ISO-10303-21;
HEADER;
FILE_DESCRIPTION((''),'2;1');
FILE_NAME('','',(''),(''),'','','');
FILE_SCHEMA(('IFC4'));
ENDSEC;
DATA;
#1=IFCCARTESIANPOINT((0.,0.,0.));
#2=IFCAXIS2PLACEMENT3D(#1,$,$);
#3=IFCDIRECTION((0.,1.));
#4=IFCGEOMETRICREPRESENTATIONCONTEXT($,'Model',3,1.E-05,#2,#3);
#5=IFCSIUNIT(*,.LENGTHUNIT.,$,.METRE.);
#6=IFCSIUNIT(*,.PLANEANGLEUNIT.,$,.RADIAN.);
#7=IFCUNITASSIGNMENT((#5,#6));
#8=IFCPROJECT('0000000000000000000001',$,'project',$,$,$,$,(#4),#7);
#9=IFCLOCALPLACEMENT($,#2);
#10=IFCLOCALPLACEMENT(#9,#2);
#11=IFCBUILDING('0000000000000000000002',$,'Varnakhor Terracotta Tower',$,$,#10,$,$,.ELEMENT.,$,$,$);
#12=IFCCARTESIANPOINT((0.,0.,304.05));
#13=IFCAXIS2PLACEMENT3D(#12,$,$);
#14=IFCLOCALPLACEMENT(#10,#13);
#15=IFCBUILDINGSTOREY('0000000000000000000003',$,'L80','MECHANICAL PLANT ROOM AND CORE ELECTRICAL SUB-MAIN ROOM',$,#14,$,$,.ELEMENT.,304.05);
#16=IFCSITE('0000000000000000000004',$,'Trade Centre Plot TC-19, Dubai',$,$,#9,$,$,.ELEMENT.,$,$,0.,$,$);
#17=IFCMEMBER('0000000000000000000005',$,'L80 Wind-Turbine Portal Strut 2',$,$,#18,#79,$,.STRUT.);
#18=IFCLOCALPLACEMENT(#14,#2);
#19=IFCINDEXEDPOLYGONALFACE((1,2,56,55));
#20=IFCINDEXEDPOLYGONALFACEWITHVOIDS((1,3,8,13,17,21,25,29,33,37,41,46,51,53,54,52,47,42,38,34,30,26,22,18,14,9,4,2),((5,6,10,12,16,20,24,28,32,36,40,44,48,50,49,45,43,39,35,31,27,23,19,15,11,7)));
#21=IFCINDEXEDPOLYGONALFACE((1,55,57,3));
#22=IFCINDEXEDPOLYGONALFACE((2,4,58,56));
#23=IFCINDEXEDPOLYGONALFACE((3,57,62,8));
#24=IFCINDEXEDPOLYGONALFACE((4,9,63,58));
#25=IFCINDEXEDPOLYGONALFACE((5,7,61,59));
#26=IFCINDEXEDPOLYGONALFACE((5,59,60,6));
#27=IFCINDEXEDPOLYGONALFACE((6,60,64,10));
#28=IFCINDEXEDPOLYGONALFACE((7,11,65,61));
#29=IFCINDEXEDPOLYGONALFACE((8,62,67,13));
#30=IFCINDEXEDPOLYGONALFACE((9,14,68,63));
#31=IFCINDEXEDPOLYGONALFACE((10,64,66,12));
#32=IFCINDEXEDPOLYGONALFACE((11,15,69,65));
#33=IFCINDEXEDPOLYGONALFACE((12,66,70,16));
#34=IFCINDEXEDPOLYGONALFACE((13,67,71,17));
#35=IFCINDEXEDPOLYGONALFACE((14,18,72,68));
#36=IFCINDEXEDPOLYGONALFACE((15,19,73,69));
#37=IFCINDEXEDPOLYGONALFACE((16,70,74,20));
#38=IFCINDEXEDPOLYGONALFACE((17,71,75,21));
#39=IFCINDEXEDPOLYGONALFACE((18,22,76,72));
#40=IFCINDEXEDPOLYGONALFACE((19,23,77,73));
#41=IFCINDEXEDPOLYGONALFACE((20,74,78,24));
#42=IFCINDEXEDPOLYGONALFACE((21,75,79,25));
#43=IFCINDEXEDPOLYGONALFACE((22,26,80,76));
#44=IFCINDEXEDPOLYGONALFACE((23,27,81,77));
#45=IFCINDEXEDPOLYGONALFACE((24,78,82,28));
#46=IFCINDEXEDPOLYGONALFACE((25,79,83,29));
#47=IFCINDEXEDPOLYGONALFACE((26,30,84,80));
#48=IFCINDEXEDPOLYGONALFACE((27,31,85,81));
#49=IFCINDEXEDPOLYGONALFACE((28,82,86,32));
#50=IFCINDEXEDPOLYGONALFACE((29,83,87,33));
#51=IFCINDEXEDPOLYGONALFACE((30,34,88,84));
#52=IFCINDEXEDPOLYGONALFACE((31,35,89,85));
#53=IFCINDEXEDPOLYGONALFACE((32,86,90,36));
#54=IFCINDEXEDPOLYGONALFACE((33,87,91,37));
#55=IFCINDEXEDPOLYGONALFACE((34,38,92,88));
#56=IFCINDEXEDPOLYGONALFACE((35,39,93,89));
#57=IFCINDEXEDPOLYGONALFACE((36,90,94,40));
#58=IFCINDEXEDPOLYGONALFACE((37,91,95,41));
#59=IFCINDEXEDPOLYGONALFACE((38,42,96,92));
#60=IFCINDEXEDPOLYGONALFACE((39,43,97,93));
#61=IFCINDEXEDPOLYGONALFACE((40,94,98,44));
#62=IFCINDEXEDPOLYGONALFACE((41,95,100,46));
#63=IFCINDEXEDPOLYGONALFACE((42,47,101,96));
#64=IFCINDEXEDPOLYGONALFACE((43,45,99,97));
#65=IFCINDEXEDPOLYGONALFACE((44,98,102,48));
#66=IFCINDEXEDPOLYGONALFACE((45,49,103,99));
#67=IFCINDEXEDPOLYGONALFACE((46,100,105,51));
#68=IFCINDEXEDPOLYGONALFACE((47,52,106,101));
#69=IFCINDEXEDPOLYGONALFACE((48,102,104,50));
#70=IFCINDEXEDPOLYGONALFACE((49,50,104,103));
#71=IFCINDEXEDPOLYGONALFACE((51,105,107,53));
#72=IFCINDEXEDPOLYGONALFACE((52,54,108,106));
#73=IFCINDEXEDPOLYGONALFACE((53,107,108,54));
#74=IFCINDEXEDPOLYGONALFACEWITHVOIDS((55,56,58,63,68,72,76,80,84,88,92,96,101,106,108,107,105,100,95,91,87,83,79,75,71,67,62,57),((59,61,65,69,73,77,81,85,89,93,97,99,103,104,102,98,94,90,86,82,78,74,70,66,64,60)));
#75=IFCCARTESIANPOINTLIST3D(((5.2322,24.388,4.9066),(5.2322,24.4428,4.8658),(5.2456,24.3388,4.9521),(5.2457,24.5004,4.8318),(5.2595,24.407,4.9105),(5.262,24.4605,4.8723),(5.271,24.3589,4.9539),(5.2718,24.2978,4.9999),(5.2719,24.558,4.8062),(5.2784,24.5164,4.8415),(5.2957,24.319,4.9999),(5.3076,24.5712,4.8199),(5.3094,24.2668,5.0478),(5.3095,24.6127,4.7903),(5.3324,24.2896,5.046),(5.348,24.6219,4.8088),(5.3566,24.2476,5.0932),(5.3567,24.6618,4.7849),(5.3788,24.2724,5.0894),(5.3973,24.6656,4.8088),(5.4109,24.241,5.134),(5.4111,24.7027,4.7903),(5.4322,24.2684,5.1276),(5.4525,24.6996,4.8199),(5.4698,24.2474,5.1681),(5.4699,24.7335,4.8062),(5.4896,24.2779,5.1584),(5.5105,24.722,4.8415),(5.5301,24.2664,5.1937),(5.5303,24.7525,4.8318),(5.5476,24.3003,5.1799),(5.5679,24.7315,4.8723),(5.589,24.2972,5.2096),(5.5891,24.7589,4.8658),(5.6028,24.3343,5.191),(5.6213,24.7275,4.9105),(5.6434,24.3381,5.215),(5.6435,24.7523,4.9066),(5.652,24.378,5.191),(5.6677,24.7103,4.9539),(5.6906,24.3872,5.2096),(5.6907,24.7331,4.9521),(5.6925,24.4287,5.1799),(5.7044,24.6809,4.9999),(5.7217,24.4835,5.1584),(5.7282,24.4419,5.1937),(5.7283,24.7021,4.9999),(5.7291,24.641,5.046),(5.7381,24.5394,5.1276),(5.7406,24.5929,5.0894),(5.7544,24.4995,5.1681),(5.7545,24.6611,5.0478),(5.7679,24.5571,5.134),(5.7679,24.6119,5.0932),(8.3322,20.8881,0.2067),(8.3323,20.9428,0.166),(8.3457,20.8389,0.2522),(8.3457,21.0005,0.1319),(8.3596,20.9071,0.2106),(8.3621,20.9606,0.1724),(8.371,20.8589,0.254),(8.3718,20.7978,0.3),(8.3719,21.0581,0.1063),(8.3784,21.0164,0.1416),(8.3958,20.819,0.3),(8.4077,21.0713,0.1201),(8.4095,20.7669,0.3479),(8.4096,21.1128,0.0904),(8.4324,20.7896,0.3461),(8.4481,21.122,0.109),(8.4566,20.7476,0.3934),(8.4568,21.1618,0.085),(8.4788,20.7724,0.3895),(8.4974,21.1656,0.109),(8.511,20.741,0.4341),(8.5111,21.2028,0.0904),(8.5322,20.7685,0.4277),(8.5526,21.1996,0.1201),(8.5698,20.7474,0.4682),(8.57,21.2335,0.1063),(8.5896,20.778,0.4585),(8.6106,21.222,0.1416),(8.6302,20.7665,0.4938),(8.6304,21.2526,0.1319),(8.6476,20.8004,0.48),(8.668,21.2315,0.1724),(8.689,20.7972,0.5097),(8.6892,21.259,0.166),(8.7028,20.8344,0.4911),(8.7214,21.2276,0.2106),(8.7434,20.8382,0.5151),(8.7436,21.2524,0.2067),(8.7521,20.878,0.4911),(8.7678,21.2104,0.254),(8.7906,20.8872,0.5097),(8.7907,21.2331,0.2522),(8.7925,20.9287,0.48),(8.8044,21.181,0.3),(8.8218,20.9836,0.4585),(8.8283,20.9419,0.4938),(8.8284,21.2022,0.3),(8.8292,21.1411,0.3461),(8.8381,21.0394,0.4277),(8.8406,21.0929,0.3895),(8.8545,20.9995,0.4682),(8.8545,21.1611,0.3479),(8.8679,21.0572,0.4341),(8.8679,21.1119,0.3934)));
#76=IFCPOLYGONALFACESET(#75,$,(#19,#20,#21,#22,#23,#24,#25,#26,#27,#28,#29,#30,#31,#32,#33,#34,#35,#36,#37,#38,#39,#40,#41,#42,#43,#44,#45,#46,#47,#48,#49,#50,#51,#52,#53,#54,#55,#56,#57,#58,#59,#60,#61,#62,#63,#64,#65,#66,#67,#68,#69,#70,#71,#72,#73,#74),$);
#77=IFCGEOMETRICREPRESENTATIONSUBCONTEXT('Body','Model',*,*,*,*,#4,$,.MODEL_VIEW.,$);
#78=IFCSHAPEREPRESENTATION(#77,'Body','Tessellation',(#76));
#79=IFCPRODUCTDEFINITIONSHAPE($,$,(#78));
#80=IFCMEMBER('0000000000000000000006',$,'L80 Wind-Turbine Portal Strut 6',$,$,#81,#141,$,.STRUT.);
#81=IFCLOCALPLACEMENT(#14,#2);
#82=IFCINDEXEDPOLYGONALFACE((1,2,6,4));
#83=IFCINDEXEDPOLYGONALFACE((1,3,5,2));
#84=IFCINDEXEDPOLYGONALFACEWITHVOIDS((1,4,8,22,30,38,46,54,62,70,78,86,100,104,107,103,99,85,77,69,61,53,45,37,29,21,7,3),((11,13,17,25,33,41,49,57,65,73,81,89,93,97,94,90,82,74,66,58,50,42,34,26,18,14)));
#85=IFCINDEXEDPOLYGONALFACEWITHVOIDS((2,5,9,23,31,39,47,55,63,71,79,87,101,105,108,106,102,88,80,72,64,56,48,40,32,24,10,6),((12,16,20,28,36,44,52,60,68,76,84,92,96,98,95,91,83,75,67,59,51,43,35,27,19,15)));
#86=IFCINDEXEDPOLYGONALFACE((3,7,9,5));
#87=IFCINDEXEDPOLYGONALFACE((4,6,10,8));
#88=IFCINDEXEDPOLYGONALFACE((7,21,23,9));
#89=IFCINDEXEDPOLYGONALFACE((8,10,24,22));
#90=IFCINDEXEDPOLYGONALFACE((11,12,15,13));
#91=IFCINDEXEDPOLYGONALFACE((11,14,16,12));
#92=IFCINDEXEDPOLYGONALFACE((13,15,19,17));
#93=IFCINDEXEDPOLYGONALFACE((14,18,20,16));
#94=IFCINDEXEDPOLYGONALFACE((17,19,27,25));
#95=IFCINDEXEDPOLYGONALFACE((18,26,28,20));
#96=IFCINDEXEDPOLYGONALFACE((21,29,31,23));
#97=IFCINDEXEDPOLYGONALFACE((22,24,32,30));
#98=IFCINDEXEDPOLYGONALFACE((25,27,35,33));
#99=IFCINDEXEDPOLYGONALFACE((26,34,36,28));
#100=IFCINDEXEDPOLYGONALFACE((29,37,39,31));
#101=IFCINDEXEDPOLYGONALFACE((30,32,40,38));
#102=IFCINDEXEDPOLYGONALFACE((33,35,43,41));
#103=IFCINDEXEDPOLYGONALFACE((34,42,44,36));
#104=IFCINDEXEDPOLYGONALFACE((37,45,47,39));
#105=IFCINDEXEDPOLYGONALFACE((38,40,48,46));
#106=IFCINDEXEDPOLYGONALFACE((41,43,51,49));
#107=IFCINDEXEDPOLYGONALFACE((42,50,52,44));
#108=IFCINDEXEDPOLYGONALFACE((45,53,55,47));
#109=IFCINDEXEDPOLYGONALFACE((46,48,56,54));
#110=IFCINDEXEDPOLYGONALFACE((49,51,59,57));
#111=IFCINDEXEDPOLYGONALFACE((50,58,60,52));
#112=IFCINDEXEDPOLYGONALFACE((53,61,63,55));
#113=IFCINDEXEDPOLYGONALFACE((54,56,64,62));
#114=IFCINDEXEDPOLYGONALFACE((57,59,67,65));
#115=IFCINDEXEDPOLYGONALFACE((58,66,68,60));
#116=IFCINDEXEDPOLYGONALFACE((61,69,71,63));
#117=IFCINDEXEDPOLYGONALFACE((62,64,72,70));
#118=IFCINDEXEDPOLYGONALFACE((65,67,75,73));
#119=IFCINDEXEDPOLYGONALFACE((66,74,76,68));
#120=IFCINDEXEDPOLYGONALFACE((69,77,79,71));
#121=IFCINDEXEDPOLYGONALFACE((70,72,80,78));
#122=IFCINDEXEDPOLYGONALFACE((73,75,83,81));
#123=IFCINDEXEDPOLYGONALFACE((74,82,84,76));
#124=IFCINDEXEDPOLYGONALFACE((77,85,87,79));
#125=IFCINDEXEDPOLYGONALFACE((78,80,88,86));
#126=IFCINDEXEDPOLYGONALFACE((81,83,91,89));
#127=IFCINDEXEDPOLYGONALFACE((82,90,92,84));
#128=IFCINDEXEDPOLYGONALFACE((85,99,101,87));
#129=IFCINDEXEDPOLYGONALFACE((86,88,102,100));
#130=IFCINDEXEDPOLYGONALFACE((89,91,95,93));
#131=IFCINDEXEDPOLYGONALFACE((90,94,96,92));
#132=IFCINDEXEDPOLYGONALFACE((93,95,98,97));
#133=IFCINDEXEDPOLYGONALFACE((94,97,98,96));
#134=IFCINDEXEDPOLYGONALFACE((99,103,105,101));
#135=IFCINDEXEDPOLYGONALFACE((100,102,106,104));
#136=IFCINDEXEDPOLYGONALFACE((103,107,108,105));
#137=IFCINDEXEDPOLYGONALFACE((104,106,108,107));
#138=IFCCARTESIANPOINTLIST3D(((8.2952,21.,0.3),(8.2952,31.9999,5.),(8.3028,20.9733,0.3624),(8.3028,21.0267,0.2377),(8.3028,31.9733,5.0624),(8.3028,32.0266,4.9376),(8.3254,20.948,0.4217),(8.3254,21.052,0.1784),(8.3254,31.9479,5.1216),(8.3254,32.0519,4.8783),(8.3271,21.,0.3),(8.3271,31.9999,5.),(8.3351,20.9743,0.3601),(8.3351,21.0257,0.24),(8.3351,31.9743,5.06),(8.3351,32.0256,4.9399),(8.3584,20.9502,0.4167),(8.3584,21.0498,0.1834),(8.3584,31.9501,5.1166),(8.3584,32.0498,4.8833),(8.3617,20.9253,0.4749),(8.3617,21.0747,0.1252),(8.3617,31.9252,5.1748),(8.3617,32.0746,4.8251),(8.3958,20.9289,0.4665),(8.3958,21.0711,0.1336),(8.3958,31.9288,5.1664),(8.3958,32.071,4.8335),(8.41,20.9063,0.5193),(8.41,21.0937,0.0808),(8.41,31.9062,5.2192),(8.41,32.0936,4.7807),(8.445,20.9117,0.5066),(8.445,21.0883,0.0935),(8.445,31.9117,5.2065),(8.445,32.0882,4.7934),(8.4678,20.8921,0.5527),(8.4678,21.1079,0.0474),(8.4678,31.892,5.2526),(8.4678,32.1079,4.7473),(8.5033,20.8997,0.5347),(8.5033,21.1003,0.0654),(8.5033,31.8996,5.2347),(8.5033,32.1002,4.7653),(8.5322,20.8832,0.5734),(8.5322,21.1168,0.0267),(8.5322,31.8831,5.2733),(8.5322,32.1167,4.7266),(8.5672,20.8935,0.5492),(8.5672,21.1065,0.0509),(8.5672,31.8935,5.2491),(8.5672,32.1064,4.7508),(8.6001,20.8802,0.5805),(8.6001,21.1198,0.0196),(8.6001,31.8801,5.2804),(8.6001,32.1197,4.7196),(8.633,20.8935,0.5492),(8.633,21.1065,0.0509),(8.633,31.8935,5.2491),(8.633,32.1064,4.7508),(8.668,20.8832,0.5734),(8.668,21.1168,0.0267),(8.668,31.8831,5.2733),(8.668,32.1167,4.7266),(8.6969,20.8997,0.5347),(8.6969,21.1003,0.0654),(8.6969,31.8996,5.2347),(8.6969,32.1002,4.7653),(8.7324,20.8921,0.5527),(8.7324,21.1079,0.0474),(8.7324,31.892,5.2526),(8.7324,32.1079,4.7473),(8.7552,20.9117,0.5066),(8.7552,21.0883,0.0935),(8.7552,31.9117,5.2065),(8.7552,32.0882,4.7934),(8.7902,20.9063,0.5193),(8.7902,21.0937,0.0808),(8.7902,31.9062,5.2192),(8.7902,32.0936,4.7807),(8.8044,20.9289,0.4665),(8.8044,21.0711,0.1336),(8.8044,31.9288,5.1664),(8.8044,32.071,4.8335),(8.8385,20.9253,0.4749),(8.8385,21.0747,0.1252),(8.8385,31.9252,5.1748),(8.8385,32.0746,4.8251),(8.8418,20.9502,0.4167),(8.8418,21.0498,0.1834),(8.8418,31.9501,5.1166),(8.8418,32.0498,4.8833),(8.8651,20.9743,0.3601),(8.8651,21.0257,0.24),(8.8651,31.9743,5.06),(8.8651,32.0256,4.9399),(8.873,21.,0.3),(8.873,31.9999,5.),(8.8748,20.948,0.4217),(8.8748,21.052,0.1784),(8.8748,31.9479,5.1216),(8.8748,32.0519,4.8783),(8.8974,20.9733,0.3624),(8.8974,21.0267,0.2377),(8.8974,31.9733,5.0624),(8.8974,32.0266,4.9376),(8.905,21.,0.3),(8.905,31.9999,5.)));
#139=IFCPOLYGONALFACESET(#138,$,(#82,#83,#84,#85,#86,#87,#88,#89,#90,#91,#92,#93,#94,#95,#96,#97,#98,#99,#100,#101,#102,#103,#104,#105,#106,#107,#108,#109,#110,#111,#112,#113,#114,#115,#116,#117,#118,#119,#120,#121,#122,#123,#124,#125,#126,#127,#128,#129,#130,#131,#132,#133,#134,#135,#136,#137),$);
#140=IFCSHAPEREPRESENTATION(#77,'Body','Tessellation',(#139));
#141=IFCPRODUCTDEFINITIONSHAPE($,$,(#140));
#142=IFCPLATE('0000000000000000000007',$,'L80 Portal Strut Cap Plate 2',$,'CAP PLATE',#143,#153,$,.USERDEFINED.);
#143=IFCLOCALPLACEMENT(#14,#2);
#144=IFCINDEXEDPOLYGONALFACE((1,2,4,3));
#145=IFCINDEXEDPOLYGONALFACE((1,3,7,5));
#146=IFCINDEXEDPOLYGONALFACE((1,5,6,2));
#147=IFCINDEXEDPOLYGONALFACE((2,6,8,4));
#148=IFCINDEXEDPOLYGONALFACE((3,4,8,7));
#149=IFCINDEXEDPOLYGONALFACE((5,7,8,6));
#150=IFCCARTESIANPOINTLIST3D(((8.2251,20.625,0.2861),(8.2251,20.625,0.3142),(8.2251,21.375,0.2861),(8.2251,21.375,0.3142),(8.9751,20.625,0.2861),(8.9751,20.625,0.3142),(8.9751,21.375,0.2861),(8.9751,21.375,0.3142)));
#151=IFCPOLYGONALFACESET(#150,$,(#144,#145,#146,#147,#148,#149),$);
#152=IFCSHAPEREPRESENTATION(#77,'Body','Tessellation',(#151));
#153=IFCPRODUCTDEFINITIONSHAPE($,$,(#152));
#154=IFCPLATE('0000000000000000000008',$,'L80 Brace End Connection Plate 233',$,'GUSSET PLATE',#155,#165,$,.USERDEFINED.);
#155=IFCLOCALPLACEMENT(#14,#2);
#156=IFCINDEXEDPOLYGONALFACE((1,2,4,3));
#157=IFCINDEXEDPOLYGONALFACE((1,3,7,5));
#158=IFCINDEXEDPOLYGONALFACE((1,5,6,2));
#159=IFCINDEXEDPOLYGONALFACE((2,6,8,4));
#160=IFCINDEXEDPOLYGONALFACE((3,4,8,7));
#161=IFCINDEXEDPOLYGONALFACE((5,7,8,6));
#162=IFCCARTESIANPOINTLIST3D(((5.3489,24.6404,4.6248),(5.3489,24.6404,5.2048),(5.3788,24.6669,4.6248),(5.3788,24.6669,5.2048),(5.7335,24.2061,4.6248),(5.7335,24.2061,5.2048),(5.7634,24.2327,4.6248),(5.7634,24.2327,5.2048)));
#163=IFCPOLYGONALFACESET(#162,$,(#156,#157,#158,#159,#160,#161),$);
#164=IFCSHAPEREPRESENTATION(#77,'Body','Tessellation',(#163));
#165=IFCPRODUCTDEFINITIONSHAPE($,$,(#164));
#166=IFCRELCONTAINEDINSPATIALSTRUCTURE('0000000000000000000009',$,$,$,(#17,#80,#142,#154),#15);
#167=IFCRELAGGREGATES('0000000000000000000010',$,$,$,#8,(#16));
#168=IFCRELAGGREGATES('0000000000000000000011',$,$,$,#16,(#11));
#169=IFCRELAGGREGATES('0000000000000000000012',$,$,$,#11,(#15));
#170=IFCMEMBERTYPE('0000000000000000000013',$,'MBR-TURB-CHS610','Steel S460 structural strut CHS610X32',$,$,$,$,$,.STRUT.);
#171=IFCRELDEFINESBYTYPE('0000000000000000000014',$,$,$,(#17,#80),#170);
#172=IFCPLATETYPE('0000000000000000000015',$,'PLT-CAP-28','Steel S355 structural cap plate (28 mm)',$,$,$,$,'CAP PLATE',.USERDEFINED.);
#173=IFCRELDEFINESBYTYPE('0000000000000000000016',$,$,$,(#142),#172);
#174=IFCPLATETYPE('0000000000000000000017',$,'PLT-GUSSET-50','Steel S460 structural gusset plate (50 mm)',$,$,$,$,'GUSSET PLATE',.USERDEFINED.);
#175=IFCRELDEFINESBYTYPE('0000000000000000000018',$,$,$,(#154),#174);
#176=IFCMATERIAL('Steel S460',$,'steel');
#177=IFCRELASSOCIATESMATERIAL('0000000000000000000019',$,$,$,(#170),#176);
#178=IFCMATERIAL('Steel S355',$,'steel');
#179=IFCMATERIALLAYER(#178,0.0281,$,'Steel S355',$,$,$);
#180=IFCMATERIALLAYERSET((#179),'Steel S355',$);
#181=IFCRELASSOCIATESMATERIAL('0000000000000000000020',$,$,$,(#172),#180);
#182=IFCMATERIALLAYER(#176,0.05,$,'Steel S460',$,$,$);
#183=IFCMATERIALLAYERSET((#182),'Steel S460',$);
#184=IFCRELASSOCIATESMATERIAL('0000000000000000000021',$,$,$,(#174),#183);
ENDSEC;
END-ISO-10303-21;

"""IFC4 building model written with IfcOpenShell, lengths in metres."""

from ifc_helpers import new_model, si_unit, direction, frame, origin, origin_2d, place, context, subcontext, project, spatial, rectangle, hollow_circle, extrude, source, transform, mapped, material, layer, layer_set, material_profile, profile_set, type_object, type_shapes, element, save


model = new_model("IFC4")

# Units and contexts
model_context = context("Model", 3, precision=1e-05, world=origin(), true_north=direction((0.0, 1.0)))
body_context = subcontext(model_context, "Body", "Model", "MODEL_VIEW")
ifc_project = project(units=[si_unit("LENGTHUNIT", "METRE"), si_unit("PLANEANGLEUNIT", "RADIAN")], contexts=[model_context])

# Site, building, storey
site_placement = place(None, origin())
site = spatial("IfcSite", under=ifc_project, at=site_placement, Name="Trade Centre Plot TC-19, Dubai", CompositionType="ELEMENT", RefElevation=0.0)
building_placement = place(site_placement, origin())
building = spatial("IfcBuilding", under=site, at=building_placement, Name="Varnakhor Terracotta Tower", CompositionType="ELEMENT")
storey_placement = place(building_placement, frame((0.0, 0.0, 304.05)))
storey = spatial("IfcBuildingStorey", under=building, at=storey_placement, Name="L80", Description="MECHANICAL PLANT ROOM AND CORE ELECTRICAL SUB-MAIN ROOM", CompositionType="ELEMENT", Elevation=304.05)

# Shared definitions
ifc_material_1 = material(Name="Steel S355", Category="steel")

# Members
ifc_material_2 = material(Name="Steel S460", Category="steel")
ifc_material_profile_1 = material_profile(ifc_material_2, hollow_circle(Radius=0.3049, WallThickness=0.032, at=origin_2d()), Name="CHS610X32")
ifc_profile_set_1 = profile_set([ifc_material_profile_1], Name="Steel S460")
member_type = type_object("IfcMemberType", Name="MBR-TURB-CHS610", Description="Steel S460 structural strut CHS610X32", PredefinedType="STRUT", material=ifc_profile_set_1)
shared_shape_1 = source(origin(), body_context, "Body", "SweptSolid", [
    extrude(hollow_circle(Radius=0.3049, WallThickness=0.032, at=origin_2d()), origin(), (0.0, 0.0, 1.0), 6.6294),
])
type_shapes(member_type, [shared_shape_1])
member_1_placement = place(storey_placement, frame((8.6001, 21.0, 0.3), z_axis=(-0.467622, 0.527944, 0.708946), x_axis=(-0.748578, -0.663047, 0.0)))
element("IfcMember", 1, at=member_1_placement, inside=storey, type_object=member_type, Name="L80 Wind-Turbine Portal Strut 2", PredefinedType="STRUT", context=body_context, shape_type="MappedRepresentation", body=[
    mapped(shared_shape_1, transform((0.0, 0.0, 0.0), scale=1.0)),
])
shared_shape_2 = source(origin(), body_context, "Body", "SweptSolid", [
    extrude(hollow_circle(Radius=0.3049, WallThickness=0.032, at=origin_2d()), origin(), (0.0, 0.0, 1.0), 11.9619),
])
member_2_placement = place(storey_placement, frame((8.6001, 21.0, 0.3), z_axis=(0.0, 0.919578, 0.392907), x_axis=(-1.0, 0.0, 0.0)))
element("IfcMember", 2, at=member_2_placement, inside=storey, type_object=member_type, Name="L80 Wind-Turbine Portal Strut 6", PredefinedType="STRUT", context=body_context, shape_type="MappedRepresentation", body=[
    mapped(shared_shape_2, transform((0.0, 0.0, 0.0), scale=1.0)),
])

# Plates
ifc_layer_1 = layer(ifc_material_1, 0.0281, Name="Steel S355")
ifc_layer_set_1 = layer_set([ifc_layer_1], Name="Steel S355")
plate_type_1 = type_object("IfcPlateType", Name="PLT-CAP-28", Description="Steel S355 structural cap plate (28 mm)", ElementType="CAP PLATE", PredefinedType="USERDEFINED", material=ifc_layer_set_1)
shared_shape_3 = source(origin(), body_context, "Body", "SweptSolid", [
    extrude(rectangle(XDim=0.75, YDim=0.75, at=origin_2d()), origin(), (0.0, 0.0, 1.0), 0.0281),
])
type_shapes(plate_type_1, [shared_shape_3])
plate_1_placement = place(storey_placement, frame((8.6001, 21.0, 0.2861), z_axis=(0.0, 0.0, 1.0), x_axis=(1.0, 0.0, 0.0)))
element("IfcPlate", 3, at=plate_1_placement, inside=storey, type_object=plate_type_1, Name="L80 Portal Strut Cap Plate 2", ObjectType="CAP PLATE", PredefinedType="USERDEFINED", context=body_context, shape_type="MappedRepresentation", body=[
    mapped(shared_shape_3, transform((0.0, 0.0, 0.0), scale=1.0)),
])
ifc_layer_2 = layer(ifc_material_2, 0.05, Name="Steel S460")
ifc_layer_set_2 = layer_set([ifc_layer_2], Name="Steel S460")
plate_type_2 = type_object("IfcPlateType", Name="PLT-GUSSET-50", Description="Steel S460 structural gusset plate (50 mm)", ElementType="GUSSET PLATE", PredefinedType="USERDEFINED", material=ifc_layer_set_2)
shared_shape_4 = source(origin(), body_context, "Body", "SweptSolid", [
    extrude(rectangle(XDim=0.5801, YDim=0.04, at=origin_2d()), origin(), (0.0, 0.0, 1.0), 0.5801),
])
plate_2_placement = place(storey_placement, frame((5.5562, 24.4365, 4.6248), z_axis=(0.0, 0.0, 1.0), x_axis=(-0.663038, 0.748586, 0.0)))
element("IfcPlate", 4, at=plate_2_placement, inside=storey, type_object=plate_type_2, Name="L80 Brace End Connection Plate 233", ObjectType="GUSSET PLATE", PredefinedType="USERDEFINED", context=body_context, shape_type="MappedRepresentation", body=[
    mapped(shared_shape_4, transform((0.0, 0.0, 0.0), scale=1.0)),
])

save(model, "model.ifc")
